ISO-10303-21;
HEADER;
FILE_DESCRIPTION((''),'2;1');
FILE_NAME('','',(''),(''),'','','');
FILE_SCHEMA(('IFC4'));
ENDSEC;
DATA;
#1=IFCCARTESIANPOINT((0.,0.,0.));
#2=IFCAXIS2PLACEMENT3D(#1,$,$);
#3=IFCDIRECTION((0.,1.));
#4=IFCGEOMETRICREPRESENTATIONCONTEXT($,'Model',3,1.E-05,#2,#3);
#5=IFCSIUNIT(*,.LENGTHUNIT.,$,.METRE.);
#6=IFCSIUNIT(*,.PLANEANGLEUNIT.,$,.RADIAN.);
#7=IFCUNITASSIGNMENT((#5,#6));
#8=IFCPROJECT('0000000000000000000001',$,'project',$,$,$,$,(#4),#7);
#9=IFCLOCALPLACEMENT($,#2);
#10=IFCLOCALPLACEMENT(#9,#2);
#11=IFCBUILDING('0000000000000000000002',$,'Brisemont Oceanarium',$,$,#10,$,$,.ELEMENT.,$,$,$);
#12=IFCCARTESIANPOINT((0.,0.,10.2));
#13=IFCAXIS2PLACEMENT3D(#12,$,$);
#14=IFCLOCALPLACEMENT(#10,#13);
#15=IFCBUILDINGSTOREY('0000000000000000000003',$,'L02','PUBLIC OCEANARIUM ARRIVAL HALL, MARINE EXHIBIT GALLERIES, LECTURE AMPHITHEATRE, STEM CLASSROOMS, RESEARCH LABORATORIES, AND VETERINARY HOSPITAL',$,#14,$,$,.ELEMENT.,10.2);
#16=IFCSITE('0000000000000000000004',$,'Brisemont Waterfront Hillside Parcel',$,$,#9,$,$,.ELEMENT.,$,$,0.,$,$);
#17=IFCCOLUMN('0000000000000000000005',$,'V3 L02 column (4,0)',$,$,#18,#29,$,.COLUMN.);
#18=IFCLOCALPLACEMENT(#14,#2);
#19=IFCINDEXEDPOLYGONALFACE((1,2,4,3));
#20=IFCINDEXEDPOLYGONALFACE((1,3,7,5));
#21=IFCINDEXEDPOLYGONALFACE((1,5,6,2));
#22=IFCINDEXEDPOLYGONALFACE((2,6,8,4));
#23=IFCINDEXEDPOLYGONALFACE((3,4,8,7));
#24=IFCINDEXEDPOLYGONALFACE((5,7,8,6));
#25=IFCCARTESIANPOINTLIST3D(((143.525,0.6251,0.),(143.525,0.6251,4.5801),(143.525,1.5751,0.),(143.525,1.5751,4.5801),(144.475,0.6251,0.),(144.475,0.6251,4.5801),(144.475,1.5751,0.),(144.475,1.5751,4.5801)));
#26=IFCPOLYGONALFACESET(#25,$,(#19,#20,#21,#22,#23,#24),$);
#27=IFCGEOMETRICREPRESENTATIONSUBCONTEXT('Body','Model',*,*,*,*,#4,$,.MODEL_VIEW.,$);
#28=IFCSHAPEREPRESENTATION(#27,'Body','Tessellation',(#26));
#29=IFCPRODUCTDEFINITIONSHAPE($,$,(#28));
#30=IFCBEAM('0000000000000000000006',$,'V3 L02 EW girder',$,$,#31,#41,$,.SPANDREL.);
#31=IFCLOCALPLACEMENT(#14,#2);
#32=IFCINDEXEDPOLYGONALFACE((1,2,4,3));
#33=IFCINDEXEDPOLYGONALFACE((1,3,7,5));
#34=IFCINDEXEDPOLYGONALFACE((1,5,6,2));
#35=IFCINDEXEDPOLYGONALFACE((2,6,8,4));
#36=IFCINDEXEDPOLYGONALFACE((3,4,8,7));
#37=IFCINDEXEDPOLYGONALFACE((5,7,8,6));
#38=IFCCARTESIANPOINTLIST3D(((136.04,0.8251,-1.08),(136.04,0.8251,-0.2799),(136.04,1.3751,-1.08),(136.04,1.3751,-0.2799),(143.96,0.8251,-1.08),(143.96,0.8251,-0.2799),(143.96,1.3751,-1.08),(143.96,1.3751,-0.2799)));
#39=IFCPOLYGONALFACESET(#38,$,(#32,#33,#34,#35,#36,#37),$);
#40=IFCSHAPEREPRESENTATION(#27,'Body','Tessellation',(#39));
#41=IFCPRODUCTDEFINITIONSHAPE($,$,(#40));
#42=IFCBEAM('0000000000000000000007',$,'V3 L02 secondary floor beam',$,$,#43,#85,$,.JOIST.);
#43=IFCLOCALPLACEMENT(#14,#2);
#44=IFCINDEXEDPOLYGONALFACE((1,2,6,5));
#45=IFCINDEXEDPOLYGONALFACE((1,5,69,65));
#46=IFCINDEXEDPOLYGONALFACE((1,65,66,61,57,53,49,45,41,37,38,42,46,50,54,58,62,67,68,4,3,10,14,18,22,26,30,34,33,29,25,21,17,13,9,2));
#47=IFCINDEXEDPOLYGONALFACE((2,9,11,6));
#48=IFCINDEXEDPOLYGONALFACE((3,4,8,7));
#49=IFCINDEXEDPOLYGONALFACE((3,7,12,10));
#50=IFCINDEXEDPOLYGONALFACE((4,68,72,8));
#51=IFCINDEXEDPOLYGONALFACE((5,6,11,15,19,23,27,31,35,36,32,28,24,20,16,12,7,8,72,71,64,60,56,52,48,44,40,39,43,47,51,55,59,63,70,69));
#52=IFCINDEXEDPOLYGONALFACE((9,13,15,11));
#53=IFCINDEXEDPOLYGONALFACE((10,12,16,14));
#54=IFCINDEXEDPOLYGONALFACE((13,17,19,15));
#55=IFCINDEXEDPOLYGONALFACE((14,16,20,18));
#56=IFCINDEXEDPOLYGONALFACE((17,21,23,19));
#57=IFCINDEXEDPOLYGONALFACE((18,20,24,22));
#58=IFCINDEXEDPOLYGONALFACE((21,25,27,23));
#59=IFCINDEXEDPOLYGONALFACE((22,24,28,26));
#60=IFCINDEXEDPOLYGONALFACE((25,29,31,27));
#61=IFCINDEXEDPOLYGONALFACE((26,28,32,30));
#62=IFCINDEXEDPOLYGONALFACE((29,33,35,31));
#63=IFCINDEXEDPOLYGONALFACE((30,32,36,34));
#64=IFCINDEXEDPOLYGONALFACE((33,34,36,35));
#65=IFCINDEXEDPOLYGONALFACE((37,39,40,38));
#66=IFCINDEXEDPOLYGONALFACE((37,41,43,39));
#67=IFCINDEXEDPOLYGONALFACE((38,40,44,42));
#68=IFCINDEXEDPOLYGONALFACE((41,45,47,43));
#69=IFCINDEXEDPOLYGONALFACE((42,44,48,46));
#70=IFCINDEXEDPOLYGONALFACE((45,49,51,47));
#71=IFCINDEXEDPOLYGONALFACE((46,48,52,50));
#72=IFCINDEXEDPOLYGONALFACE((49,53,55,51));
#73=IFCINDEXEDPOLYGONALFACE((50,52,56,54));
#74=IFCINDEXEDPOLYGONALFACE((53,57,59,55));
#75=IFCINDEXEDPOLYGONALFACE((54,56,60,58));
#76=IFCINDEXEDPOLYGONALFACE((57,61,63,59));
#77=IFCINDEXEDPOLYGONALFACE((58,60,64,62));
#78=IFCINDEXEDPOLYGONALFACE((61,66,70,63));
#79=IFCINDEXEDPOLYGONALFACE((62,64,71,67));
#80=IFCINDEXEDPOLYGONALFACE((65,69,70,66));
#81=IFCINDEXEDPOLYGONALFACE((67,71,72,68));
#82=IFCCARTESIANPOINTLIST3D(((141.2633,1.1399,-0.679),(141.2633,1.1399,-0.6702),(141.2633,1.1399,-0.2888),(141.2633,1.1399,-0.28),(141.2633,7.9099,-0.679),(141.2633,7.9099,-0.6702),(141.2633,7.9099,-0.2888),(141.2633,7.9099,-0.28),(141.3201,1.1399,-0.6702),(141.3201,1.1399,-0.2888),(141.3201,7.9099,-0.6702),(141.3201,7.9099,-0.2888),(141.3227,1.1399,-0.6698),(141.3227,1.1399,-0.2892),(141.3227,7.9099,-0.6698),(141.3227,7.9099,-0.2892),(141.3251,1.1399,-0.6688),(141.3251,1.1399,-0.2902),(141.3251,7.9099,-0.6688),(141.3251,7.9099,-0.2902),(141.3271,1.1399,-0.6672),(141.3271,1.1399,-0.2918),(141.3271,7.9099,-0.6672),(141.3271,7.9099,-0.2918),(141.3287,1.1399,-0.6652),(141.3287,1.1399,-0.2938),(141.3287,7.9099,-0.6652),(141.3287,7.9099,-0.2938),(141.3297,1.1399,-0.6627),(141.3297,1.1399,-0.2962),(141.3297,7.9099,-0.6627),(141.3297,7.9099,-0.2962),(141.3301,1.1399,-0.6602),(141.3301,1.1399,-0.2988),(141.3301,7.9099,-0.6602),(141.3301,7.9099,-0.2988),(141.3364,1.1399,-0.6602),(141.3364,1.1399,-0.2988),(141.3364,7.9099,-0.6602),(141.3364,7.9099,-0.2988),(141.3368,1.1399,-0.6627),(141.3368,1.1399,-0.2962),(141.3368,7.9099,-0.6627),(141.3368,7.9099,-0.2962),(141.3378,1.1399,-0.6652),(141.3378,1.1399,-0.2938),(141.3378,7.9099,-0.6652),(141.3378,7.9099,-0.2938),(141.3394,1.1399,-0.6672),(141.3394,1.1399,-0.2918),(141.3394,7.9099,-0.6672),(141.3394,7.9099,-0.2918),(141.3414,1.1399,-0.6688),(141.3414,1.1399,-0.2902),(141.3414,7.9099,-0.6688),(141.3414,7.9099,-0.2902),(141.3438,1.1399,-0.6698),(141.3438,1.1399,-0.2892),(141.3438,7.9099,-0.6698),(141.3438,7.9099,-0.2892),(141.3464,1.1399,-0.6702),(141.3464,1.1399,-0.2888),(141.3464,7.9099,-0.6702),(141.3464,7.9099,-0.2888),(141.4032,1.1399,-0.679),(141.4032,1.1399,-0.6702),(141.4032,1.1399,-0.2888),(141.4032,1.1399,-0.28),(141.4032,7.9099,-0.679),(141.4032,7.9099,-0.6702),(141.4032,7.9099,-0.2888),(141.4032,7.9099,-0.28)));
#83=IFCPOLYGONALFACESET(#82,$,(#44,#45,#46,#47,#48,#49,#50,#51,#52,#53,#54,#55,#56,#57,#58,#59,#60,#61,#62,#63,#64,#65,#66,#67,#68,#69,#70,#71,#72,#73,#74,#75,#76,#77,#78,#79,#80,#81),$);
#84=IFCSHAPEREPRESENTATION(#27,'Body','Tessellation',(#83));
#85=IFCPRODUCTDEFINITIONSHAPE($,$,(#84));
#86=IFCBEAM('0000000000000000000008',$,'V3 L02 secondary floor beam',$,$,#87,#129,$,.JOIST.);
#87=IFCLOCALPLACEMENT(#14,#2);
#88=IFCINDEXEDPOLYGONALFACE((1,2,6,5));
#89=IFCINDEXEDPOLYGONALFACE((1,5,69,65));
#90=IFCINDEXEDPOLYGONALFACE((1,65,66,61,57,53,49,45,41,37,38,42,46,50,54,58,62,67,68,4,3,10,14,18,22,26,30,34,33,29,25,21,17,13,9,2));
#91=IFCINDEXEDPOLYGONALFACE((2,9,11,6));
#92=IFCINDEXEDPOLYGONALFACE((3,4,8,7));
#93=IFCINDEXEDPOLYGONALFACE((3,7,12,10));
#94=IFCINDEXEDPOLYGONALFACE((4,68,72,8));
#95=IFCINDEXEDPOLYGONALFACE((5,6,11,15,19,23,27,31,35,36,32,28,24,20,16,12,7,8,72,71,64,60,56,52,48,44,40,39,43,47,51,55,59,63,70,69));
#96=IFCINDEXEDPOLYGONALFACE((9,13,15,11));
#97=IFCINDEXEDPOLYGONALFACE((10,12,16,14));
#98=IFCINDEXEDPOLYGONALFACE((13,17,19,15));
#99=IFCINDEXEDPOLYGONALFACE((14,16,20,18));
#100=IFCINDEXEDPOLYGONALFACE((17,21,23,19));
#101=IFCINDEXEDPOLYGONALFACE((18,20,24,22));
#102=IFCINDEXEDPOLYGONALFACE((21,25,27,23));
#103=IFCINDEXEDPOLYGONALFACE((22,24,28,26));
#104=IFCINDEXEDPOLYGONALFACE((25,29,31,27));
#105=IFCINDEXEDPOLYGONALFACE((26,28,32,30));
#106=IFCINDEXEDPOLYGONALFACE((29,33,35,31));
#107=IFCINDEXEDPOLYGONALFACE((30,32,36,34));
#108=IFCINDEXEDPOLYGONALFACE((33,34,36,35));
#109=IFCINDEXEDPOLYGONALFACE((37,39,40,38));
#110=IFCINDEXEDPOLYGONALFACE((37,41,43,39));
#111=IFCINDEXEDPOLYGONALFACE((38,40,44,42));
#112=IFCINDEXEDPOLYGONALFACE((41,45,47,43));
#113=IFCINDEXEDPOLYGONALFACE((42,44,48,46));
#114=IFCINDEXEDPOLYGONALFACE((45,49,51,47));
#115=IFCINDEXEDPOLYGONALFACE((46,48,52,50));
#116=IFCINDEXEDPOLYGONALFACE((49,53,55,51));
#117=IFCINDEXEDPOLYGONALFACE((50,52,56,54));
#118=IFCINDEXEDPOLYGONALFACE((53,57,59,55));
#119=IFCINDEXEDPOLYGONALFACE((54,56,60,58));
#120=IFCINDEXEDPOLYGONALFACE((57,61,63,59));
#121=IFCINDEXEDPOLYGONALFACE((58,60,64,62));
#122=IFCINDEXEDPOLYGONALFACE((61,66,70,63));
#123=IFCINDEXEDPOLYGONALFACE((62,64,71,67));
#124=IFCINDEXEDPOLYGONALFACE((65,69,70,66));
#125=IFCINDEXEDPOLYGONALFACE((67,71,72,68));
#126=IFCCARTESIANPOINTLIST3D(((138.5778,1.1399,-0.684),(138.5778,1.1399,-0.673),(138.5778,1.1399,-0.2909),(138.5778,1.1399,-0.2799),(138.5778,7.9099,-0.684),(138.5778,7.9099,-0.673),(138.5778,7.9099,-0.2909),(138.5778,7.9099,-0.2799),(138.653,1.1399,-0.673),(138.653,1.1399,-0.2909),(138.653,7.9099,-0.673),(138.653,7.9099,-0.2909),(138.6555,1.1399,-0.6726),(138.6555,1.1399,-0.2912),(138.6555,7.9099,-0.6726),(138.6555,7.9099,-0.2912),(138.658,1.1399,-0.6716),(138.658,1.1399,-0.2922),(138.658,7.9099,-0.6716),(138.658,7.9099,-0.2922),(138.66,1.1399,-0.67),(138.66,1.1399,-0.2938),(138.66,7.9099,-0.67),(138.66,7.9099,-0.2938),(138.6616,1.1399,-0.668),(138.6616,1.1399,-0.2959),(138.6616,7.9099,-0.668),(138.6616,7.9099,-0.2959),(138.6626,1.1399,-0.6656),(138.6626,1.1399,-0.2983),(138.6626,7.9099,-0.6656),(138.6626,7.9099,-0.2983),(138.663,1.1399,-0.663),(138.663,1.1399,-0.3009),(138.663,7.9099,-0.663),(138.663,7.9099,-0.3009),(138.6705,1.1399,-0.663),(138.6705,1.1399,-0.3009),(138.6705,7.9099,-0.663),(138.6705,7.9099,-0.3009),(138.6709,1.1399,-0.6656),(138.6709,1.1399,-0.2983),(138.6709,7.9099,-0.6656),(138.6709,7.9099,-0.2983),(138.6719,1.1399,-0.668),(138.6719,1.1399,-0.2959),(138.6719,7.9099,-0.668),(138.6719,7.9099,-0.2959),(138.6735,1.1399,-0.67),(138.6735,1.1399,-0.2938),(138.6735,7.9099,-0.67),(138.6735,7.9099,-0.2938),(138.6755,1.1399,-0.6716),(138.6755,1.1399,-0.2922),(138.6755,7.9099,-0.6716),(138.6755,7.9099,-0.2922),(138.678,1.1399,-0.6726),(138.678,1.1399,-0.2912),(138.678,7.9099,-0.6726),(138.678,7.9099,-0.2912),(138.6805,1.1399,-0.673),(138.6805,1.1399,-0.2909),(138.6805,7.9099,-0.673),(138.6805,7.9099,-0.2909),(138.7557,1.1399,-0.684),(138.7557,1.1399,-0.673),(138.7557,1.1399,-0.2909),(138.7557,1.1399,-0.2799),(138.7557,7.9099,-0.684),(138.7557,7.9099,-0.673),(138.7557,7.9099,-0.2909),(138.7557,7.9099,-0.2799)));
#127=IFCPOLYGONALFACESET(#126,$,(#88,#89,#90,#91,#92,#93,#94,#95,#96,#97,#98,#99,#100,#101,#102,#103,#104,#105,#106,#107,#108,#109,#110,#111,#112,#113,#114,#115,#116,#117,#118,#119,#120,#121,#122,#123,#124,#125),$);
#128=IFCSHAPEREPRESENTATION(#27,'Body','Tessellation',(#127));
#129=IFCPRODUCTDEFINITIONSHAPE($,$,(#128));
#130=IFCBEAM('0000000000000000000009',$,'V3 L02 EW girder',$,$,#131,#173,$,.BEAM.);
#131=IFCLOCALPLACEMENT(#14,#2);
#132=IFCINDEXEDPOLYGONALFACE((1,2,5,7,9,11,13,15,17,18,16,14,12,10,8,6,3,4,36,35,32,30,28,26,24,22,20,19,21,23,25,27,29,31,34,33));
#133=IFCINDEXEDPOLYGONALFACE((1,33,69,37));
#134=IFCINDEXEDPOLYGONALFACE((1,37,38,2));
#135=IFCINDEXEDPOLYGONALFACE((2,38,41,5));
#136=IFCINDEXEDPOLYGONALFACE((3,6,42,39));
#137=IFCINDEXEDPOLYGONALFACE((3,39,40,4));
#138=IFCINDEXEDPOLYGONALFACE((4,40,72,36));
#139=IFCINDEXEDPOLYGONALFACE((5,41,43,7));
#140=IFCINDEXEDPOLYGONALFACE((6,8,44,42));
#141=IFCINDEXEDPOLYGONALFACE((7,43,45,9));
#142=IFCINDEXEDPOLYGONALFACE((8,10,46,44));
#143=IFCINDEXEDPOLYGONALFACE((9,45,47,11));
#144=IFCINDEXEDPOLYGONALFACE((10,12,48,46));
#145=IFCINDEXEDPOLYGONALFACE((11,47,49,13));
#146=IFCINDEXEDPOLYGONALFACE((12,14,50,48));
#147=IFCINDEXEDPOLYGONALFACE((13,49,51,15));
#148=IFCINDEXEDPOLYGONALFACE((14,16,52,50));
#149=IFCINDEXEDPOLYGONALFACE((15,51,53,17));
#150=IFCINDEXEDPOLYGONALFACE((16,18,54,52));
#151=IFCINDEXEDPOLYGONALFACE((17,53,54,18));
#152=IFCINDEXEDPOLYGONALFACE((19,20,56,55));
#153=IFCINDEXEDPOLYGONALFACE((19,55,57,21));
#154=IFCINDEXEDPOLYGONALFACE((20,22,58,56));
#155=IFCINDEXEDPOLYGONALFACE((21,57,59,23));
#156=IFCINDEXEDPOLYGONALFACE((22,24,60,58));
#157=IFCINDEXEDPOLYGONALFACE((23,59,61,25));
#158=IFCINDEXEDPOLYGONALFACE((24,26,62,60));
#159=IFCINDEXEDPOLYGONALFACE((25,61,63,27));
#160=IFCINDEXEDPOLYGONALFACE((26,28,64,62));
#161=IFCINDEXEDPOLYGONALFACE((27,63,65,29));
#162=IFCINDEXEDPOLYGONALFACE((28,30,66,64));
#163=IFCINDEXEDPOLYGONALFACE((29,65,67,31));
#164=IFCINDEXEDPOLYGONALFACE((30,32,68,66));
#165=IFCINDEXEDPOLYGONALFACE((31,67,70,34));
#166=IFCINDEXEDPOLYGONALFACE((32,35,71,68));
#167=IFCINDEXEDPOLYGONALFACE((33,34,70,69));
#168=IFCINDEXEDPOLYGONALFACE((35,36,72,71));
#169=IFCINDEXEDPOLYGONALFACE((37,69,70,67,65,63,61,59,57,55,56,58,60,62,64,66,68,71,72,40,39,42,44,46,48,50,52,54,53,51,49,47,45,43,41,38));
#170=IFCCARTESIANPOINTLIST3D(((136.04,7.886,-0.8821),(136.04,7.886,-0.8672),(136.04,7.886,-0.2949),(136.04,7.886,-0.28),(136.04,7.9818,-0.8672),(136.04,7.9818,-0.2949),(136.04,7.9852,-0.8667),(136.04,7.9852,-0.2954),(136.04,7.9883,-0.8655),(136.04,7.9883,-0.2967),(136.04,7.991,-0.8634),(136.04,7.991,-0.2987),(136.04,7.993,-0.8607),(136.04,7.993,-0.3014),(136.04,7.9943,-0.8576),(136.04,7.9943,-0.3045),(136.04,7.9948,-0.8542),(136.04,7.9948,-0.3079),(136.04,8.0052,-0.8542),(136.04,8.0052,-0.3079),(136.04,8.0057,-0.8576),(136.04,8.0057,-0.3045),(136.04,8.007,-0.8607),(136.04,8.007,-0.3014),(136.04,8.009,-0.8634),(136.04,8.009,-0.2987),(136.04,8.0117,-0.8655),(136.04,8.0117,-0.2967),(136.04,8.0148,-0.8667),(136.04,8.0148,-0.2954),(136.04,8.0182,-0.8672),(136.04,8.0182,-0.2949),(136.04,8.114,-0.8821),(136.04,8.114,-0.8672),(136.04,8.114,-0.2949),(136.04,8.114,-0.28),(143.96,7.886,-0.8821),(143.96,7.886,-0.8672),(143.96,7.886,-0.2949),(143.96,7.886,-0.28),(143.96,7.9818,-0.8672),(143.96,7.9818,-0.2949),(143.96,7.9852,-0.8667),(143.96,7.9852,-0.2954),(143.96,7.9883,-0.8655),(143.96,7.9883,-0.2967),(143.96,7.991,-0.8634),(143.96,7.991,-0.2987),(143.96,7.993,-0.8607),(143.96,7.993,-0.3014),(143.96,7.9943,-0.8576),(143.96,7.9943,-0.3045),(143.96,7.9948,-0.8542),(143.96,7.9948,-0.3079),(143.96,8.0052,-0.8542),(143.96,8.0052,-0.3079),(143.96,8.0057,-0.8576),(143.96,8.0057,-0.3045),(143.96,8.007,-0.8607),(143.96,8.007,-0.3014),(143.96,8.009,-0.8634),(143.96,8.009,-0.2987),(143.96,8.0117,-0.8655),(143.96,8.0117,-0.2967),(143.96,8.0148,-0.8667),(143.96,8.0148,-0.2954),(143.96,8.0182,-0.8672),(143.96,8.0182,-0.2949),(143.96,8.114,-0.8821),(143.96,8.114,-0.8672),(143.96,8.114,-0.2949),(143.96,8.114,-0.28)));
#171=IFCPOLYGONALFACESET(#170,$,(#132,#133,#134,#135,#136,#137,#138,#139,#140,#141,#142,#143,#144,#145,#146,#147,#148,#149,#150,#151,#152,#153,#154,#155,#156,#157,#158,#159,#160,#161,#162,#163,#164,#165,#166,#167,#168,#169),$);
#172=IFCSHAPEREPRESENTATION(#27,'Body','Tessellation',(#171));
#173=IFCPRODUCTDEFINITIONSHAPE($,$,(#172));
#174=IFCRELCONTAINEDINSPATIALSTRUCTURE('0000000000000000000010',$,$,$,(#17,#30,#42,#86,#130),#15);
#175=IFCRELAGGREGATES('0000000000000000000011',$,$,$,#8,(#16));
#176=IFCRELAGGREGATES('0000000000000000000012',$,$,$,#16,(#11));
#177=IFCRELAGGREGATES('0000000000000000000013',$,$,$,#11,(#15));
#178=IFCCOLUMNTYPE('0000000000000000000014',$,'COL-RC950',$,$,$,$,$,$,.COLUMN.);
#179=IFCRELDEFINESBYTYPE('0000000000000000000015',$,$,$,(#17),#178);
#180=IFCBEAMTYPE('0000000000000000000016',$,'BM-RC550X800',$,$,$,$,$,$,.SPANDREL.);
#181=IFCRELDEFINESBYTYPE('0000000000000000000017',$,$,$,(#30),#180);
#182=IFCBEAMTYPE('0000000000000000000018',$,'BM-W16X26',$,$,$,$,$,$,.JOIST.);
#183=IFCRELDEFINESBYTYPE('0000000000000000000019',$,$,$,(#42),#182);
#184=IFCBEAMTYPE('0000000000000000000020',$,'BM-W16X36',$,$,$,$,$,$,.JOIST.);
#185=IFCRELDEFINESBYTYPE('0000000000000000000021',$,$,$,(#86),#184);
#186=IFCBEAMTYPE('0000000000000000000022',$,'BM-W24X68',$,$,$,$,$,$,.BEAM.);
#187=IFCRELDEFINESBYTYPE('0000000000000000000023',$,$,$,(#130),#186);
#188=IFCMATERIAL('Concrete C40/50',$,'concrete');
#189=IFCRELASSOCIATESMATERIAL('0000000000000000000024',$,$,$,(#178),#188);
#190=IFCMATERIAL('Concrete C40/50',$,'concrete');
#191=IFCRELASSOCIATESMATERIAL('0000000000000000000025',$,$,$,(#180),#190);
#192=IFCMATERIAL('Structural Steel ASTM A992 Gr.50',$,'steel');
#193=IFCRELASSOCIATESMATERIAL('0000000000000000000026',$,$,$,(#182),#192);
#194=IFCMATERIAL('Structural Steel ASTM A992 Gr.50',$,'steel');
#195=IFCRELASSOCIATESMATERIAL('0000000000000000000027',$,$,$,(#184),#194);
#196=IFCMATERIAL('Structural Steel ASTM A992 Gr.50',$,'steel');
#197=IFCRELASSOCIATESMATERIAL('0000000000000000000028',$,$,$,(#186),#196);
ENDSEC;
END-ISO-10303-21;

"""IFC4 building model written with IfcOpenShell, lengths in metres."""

from ifc_helpers import new_model, si_unit, direction, frame, origin, origin_2d, place, context, subcontext, project, spatial, rectangle, i_section, extrude, material, material_profile, profile_set, type_object, element, save


model = new_model("IFC4")

# Units and contexts
model_context = context("Model", 3, precision=1e-05, world=origin(), true_north=direction((0.0, 1.0)))
body_context = subcontext(model_context, "Body", "Model", "MODEL_VIEW")
ifc_project = project(units=[si_unit("LENGTHUNIT", "METRE"), si_unit("PLANEANGLEUNIT", "RADIAN")], contexts=[model_context])

# Site, building, storey
site_placement = place(None, origin())
site = spatial("IfcSite", under=ifc_project, at=site_placement, Name="Brisemont Waterfront Hillside Parcel", CompositionType="ELEMENT", RefElevation=0.0)
building_placement = place(site_placement, origin())
building = spatial("IfcBuilding", under=site, at=building_placement, Name="Brisemont Oceanarium", CompositionType="ELEMENT")
storey_placement = place(building_placement, frame((0.0, 0.0, 10.2)))
storey = spatial("IfcBuildingStorey", under=building, at=storey_placement, Name="L02", Description="PUBLIC OCEANARIUM ARRIVAL HALL, MARINE EXHIBIT GALLERIES, LECTURE AMPHITHEATRE, STEM CLASSROOMS, RESEARCH LABORATORIES, AND VETERINARY HOSPITAL", CompositionType="ELEMENT", Elevation=10.2)

# Column
ifc_material_1 = material(Name="Concrete C40/50", Category="concrete")
ifc_material_profile_1 = material_profile(ifc_material_1, rectangle(XDim=0.95, YDim=0.95, at=origin_2d()), Name="RC-COL-950X950")
ifc_profile_set_1 = profile_set([ifc_material_profile_1], Name="Concrete C40/50")
column_type = type_object("IfcColumnType", Name="COL-RC950", PredefinedType="COLUMN", material=ifc_profile_set_1)
column_placement = place(storey_placement, frame((144.0, 1.1001, 0.0), z_axis=(0.0, 0.0, 1.0), x_axis=(1.0, 0.0, 0.0)))
element("IfcColumn", 1, at=column_placement, inside=storey, type_object=column_type, Name="V3 L02 column (4,0)", PredefinedType="COLUMN", context=body_context, shape_type="SweptSolid", body=[
    extrude(rectangle(XDim=0.95, YDim=0.95, at=origin_2d()), origin(), (0.0, 0.0, 1.0), 4.5801),
])

# Beams
ifc_material_2 = material(Name="Concrete C40/50", Category="concrete")
ifc_material_profile_2 = material_profile(ifc_material_2, rectangle(XDim=0.55, YDim=0.8, at=origin_2d()), Name="RC-BM-550X800")
ifc_profile_set_2 = profile_set([ifc_material_profile_2], Name="Concrete C40/50")
beam_type_1 = type_object("IfcBeamType", Name="BM-RC550X800", PredefinedType="SPANDREL", material=ifc_profile_set_2)
beam_1_placement = place(storey_placement, frame((136.04, 1.1001, -0.6799), z_axis=(1.0, 0.0, 0.0), x_axis=(0.0, 1.0, 0.0)))
element("IfcBeam", 2, at=beam_1_placement, inside=storey, type_object=beam_type_1, Name="V3 L02 EW girder", PredefinedType="SPANDREL", context=body_context, shape_type="SweptSolid", body=[
    extrude(rectangle(XDim=0.55, YDim=0.8, at=origin_2d()), origin(), (0.0, 0.0, 1.0), 7.9199),
])
ifc_material_3 = material(Name="Structural Steel ASTM A992 Gr.50", Category="steel")
ifc_material_profile_3 = material_profile(ifc_material_3, i_section(OverallWidth=0.1399, OverallDepth=0.3989, WebThickness=0.0063, FlangeThickness=0.0088, FilletRadius=0.01, at=origin_2d()), Name="W16X26")
ifc_profile_set_3 = profile_set([ifc_material_profile_3], Name="Structural Steel ASTM A992 Gr.50")
beam_type_2 = type_object("IfcBeamType", Name="BM-W16X26", PredefinedType="JOIST", material=ifc_profile_set_3)
beam_2_placement = place(storey_placement, frame((141.3333, 1.1399, -0.4795), z_axis=(0.0, 1.0, 0.0), x_axis=(-1.0, 0.0, 0.0)))
element("IfcBeam", 3, at=beam_2_placement, inside=storey, type_object=beam_type_2, Name="V3 L02 secondary floor beam", PredefinedType="JOIST", context=body_context, shape_type="SweptSolid", body=[
    extrude(i_section(OverallWidth=0.1399, OverallDepth=0.3989, WebThickness=0.0063, FlangeThickness=0.0088, FilletRadius=0.01, at=origin_2d()), origin(), (0.0, 0.0, 1.0), 6.77),
])
ifc_material_4 = material(Name="Structural Steel ASTM A992 Gr.50", Category="steel")
ifc_material_profile_4 = material_profile(ifc_material_4, i_section(OverallWidth=0.178, OverallDepth=0.4041, WebThickness=0.0076, FlangeThickness=0.011, FilletRadius=0.01, at=origin_2d()), Name="W16X36")
ifc_profile_set_4 = profile_set([ifc_material_profile_4], Name="Structural Steel ASTM A992 Gr.50")
beam_type_3 = type_object("IfcBeamType", Name="BM-W16X36", PredefinedType="JOIST", material=ifc_profile_set_4)
beam_3_placement = place(storey_placement, frame((138.6667, 1.1399, -0.4819), z_axis=(0.0, 1.0, 0.0), x_axis=(-1.0, 0.0, 0.0)))
element("IfcBeam", 4, at=beam_3_placement, inside=storey, type_object=beam_type_3, Name="V3 L02 secondary floor beam", PredefinedType="JOIST", context=body_context, shape_type="SweptSolid", body=[
    extrude(i_section(OverallWidth=0.178, OverallDepth=0.4041, WebThickness=0.0076, FlangeThickness=0.011, FilletRadius=0.01, at=origin_2d()), origin(), (0.0, 0.0, 1.0), 6.77),
])
ifc_material_5 = material(Name="Structural Steel ASTM A992 Gr.50", Category="steel")
ifc_material_profile_5 = material_profile(ifc_material_5, i_section(OverallWidth=0.228, OverallDepth=0.6021, WebThickness=0.0105, FlangeThickness=0.0149, FilletRadius=0.0129, at=origin_2d()), Name="W24X68")
ifc_profile_set_5 = profile_set([ifc_material_profile_5], Name="Structural Steel ASTM A992 Gr.50")
beam_type_4 = type_object("IfcBeamType", Name="BM-W24X68", PredefinedType="BEAM", material=ifc_profile_set_5)
beam_4_placement = place(storey_placement, frame((136.04, 8.0, -0.5811), z_axis=(1.0, 0.0, 0.0), x_axis=(0.0, 1.0, 0.0)))
element("IfcBeam", 5, at=beam_4_placement, inside=storey, type_object=beam_type_4, Name="V3 L02 EW girder", PredefinedType="BEAM", context=body_context, shape_type="SweptSolid", body=[
    extrude(i_section(OverallWidth=0.228, OverallDepth=0.6021, WebThickness=0.0105, FlangeThickness=0.0149, FilletRadius=0.0129, at=origin_2d()), origin(), (0.0, 0.0, 1.0), 7.9199),
])

save(model, "model.ifc")
